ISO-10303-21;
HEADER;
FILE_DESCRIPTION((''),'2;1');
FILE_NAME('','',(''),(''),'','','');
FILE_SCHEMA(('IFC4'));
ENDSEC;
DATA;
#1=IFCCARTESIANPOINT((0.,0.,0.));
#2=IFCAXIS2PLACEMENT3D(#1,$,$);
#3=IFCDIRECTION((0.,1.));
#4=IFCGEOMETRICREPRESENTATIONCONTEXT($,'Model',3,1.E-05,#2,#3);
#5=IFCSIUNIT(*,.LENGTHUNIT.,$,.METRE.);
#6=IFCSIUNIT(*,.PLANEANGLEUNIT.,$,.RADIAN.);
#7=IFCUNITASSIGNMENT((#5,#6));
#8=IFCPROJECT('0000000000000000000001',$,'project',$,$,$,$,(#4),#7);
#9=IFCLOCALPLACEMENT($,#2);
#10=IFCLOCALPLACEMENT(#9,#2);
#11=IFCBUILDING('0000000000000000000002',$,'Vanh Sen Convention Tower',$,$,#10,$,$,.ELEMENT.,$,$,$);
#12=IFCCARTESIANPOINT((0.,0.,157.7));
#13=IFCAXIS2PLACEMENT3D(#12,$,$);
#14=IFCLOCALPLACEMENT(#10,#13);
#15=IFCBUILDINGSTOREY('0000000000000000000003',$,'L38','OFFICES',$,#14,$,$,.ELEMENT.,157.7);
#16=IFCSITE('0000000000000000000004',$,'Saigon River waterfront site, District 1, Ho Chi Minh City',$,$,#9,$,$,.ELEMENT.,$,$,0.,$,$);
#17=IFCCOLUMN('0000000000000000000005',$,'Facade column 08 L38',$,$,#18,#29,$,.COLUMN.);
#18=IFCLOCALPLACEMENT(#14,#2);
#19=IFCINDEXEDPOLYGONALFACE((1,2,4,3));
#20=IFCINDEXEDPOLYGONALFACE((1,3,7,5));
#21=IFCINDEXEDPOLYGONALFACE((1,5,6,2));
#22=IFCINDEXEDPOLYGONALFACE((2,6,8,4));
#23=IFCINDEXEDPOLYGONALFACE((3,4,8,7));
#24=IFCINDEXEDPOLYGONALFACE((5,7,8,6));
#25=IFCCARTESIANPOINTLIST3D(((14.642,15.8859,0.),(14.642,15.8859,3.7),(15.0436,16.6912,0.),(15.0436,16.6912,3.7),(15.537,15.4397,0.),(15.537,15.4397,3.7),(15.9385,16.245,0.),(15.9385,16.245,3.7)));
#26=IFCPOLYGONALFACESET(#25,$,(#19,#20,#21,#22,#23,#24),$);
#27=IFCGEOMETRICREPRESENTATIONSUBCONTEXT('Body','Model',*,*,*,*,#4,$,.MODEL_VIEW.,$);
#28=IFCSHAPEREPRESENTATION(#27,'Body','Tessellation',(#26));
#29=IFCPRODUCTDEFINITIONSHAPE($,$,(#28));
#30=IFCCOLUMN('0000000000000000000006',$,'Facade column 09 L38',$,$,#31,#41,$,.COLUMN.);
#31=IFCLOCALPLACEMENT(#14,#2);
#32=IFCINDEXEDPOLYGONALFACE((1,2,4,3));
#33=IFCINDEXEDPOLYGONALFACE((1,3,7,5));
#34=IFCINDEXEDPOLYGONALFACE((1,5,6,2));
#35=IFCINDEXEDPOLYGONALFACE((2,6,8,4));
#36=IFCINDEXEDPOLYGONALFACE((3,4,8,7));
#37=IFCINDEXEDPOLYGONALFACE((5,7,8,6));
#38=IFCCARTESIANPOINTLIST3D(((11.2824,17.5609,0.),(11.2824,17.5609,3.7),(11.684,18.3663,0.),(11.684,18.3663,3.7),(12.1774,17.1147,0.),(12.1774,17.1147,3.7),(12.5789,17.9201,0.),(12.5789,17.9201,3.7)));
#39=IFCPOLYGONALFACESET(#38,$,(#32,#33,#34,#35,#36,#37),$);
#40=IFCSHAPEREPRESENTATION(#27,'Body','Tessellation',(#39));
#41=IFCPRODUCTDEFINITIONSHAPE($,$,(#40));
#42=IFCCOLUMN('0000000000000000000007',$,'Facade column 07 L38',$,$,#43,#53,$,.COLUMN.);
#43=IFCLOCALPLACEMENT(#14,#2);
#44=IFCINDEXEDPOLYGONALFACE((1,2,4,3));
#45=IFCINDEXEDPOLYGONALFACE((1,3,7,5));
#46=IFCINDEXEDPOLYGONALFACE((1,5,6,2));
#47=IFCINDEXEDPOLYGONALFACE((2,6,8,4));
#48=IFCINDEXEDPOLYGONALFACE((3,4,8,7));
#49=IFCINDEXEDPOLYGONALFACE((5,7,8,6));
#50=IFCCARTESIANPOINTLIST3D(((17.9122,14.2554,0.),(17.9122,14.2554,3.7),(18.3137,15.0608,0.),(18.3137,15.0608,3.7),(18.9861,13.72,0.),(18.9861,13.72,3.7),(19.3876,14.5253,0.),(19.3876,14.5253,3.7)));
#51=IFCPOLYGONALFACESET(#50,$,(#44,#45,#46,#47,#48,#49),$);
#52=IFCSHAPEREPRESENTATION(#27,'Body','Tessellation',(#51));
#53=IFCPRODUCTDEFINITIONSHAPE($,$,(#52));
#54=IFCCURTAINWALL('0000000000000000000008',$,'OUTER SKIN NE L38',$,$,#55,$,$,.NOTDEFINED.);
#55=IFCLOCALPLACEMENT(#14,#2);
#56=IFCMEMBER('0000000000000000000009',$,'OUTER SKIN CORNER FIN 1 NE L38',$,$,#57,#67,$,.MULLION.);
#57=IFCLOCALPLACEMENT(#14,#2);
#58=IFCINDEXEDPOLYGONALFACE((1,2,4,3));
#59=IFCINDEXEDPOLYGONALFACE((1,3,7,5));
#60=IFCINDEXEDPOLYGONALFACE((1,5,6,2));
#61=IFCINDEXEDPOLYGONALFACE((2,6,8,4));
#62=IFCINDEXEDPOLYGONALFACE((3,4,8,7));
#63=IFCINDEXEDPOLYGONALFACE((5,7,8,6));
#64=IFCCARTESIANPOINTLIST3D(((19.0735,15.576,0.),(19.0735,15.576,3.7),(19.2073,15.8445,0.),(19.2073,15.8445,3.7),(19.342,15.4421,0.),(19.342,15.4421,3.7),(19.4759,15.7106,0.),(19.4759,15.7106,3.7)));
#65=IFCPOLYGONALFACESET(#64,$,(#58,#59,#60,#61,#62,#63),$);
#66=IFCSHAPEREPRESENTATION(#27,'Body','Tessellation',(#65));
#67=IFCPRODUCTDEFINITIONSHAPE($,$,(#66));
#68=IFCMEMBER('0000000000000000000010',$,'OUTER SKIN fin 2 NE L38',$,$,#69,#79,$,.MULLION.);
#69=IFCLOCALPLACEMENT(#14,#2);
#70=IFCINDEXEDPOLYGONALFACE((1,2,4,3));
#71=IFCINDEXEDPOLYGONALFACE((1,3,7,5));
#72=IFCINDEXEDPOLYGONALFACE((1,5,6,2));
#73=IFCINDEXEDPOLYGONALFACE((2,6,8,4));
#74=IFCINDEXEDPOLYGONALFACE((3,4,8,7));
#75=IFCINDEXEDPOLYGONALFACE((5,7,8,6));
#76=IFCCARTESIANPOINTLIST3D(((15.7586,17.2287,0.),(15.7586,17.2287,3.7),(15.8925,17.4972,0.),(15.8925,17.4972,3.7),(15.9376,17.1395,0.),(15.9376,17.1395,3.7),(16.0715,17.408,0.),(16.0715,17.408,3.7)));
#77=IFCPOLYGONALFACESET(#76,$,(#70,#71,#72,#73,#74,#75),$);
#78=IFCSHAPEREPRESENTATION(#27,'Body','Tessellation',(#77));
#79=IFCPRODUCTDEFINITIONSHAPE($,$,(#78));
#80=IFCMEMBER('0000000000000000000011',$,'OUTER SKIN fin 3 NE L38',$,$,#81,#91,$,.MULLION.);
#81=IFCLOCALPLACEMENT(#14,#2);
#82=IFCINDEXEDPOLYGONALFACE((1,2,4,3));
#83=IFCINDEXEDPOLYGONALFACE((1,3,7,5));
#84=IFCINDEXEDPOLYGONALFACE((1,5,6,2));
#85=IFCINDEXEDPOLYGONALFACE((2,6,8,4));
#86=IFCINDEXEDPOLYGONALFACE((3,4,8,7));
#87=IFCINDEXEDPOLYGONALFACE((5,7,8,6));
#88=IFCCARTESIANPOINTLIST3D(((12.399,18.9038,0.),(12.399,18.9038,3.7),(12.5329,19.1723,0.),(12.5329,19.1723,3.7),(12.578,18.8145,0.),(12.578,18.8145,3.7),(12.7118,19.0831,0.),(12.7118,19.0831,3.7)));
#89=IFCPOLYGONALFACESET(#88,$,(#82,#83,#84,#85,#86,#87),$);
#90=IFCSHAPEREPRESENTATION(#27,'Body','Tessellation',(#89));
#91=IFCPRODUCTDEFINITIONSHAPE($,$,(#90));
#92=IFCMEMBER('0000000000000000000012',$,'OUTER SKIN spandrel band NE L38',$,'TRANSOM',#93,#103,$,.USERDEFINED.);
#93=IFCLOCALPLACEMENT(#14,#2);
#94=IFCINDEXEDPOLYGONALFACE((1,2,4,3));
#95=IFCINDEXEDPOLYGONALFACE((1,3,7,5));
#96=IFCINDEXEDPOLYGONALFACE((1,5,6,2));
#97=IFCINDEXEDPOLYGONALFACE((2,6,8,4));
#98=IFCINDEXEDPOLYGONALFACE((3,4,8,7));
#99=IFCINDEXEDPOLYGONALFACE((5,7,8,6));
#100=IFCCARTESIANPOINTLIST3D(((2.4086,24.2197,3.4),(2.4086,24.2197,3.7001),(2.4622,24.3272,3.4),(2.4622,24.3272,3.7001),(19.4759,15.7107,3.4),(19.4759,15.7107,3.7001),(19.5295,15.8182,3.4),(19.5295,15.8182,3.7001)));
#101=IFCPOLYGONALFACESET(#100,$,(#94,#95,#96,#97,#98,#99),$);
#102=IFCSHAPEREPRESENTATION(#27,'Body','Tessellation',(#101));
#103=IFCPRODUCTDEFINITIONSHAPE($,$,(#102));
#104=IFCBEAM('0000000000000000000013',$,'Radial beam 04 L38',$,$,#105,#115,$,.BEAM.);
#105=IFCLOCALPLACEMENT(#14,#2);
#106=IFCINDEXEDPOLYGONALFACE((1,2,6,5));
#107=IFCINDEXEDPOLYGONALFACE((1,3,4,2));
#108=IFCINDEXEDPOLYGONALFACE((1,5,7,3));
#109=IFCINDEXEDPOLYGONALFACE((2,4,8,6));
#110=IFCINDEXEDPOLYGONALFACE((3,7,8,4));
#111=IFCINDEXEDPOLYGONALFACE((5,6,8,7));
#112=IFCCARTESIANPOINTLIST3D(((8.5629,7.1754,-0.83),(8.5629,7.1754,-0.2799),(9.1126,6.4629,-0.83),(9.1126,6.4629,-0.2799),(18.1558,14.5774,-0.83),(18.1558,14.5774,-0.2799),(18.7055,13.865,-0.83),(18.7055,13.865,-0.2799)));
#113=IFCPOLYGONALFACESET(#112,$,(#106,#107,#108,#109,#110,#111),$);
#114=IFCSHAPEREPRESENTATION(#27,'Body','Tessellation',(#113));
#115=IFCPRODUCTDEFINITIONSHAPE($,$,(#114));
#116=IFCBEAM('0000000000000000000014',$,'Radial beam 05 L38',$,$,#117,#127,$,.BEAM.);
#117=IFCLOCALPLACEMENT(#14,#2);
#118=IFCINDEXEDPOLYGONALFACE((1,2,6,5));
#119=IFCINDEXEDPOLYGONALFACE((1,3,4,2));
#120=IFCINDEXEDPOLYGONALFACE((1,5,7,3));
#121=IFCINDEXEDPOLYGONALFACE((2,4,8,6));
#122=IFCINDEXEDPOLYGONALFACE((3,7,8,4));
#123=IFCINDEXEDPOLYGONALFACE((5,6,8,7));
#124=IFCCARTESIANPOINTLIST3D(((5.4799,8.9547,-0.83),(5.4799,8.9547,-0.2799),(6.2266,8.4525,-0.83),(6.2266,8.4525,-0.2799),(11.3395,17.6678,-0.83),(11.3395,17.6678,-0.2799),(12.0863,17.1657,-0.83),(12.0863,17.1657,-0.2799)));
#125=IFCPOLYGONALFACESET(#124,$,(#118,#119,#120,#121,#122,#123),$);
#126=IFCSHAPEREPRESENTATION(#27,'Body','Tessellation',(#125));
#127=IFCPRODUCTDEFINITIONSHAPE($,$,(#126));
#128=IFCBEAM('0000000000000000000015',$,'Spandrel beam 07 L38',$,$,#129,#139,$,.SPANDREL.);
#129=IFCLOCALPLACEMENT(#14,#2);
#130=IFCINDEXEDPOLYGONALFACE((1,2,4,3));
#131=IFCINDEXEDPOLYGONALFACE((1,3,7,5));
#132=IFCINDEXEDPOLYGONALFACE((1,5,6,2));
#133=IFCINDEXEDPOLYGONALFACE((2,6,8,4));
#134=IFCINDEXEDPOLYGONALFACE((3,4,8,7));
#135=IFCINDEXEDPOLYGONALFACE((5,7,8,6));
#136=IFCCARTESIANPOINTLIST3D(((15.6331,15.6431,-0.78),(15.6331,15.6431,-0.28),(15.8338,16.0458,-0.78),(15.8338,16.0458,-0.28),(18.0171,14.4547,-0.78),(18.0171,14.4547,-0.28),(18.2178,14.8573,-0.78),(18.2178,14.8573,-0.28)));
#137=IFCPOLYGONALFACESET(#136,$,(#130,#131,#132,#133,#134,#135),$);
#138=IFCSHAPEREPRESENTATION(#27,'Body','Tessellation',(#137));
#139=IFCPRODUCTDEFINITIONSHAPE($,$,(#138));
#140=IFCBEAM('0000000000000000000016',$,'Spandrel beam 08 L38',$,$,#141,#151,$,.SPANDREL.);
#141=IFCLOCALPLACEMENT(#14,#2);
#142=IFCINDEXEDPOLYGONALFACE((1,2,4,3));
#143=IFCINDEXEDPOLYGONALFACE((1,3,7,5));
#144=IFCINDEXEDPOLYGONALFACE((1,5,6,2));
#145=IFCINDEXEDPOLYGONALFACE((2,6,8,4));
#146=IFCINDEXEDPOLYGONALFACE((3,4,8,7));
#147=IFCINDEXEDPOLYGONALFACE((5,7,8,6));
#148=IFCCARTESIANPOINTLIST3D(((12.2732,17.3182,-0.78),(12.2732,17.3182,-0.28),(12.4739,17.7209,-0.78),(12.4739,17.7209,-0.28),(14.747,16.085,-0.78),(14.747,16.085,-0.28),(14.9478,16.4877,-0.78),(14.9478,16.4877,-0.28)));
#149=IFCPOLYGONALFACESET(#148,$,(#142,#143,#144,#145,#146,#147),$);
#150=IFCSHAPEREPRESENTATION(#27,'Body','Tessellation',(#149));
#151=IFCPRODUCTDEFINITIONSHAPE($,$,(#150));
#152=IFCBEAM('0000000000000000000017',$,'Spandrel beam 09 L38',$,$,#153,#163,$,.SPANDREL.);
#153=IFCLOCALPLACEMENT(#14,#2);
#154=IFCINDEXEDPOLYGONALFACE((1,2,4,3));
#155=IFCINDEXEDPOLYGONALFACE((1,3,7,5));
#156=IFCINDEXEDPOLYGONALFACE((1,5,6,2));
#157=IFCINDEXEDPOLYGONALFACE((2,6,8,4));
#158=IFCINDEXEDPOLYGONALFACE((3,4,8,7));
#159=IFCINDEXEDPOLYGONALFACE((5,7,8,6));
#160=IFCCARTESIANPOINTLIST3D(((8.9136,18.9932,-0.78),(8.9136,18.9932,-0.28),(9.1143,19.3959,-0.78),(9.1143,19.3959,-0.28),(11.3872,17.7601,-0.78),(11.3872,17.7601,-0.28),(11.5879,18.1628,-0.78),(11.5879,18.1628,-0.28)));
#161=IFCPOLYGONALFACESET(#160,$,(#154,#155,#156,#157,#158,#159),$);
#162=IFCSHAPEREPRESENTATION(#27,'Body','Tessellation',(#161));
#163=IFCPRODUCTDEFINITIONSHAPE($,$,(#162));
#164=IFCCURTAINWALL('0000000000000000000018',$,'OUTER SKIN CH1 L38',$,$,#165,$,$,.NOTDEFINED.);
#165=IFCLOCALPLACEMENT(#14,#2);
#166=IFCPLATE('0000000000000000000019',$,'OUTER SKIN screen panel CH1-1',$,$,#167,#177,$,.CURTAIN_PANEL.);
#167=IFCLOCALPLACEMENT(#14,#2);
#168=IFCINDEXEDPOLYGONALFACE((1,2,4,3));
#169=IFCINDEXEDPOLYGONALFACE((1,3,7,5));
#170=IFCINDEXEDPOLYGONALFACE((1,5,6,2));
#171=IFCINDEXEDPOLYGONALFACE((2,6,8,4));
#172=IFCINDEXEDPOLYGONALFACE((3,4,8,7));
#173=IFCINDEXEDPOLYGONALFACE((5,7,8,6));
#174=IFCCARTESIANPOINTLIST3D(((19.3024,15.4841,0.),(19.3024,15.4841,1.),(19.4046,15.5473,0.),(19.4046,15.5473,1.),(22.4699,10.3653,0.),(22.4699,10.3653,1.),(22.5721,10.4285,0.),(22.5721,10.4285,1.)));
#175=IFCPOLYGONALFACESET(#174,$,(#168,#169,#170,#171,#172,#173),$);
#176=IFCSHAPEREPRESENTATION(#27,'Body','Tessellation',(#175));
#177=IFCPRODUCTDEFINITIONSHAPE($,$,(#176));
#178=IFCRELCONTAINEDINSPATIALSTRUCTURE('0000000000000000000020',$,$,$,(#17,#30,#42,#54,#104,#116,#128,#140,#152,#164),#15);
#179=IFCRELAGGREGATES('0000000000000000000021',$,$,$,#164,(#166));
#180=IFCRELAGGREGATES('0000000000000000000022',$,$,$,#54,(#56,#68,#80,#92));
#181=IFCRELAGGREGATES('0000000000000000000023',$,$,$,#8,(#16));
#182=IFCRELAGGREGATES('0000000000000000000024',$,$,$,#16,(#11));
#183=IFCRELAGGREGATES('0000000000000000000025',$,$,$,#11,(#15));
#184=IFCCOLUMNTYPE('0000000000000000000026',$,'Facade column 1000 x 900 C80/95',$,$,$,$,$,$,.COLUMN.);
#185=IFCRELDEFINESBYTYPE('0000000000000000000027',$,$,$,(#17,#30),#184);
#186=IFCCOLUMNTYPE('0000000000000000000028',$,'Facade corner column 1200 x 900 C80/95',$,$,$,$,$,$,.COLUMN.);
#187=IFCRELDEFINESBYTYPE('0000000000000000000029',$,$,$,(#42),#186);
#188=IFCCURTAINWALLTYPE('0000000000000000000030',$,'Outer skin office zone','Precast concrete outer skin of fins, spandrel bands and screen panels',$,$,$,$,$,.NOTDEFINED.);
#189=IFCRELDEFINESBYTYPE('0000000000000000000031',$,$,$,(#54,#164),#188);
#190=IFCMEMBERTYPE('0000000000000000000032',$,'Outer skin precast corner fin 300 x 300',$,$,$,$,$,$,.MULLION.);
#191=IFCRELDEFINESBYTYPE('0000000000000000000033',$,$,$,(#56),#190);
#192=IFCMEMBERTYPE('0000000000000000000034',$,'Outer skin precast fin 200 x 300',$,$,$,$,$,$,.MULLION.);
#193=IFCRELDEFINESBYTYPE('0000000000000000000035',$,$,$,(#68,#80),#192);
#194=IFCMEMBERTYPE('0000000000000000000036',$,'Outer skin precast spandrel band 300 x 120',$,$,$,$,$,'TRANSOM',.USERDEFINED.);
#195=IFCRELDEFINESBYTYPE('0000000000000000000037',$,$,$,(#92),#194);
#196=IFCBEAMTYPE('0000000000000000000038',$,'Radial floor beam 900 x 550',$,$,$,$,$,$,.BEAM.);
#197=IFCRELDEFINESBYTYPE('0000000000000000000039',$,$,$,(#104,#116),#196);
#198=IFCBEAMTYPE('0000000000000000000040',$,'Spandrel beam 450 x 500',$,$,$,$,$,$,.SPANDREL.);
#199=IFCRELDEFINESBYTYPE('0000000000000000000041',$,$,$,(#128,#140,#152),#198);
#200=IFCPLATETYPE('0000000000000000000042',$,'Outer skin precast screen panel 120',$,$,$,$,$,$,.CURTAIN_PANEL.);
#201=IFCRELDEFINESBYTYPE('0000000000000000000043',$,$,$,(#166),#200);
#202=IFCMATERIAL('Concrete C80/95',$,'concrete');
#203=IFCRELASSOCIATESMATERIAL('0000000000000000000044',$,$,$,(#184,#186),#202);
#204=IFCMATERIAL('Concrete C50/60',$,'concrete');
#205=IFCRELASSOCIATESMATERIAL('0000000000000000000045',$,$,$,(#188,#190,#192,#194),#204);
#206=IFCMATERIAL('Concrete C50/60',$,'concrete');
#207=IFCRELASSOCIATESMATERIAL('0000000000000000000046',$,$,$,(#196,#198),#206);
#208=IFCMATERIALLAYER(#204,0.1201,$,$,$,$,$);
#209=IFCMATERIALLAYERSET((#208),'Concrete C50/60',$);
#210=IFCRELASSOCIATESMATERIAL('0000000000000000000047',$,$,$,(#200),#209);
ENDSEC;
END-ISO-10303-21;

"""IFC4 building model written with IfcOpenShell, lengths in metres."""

from ifc_helpers import new_model, si_unit, direction, frame, origin, origin_2d, place, context, subcontext, project, spatial, rectangle, extrude, material, layer, layer_set, material_profile, profile_set, type_object, element, aggregate, save


model = new_model("IFC4")

# Units and contexts
model_context = context("Model", 3, precision=1e-05, world=origin(), true_north=direction((0.0, 1.0)))
body_context = subcontext(model_context, "Body", "Model", "MODEL_VIEW")
ifc_project = project(units=[si_unit("LENGTHUNIT", "METRE"), si_unit("PLANEANGLEUNIT", "RADIAN")], contexts=[model_context])

# Site, building, storey
site_placement = place(None, origin())
site = spatial("IfcSite", under=ifc_project, at=site_placement, Name="Saigon River waterfront site, District 1, Ho Chi Minh City", CompositionType="ELEMENT", RefElevation=0.0)
building_placement = place(site_placement, origin())
building = spatial("IfcBuilding", under=site, at=building_placement, Name="Vanh Sen Convention Tower", CompositionType="ELEMENT")
storey_placement = place(building_placement, frame((0.0, 0.0, 157.7)))
storey = spatial("IfcBuildingStorey", under=building, at=storey_placement, Name="L38", Description="OFFICES", CompositionType="ELEMENT", Elevation=157.7)

# Columns
ifc_material_1 = material(Name="Concrete C80/95", Category="concrete")
ifc_material_profile_1 = material_profile(ifc_material_1, rectangle(XDim=1.0, YDim=0.8999, at=origin_2d()), Name="RC 1000X900")
ifc_profile_set_1 = profile_set([ifc_material_profile_1], Name="Concrete C80/95")
column_type_1 = type_object("IfcColumnType", Name="Facade column 1000 x 900 C80/95", PredefinedType="COLUMN", material=ifc_profile_set_1)
for number, where, z_axis, x_axis, name in (
    (1, (15.2903, 16.0654, 0.0), (0.0, 0.0, 1.0), (-0.894934, 0.446198, 0.0), "Facade column 08 L38"),
    (2, (11.9307, 17.7405, 0.0), (0.0, 0.0, 1.0), (-0.894934, 0.446198, 0.0), "Facade column 09 L38"),
):
    element("IfcColumn", number, at=place(storey_placement, frame(where, z_axis=z_axis, x_axis=x_axis)), inside=storey, type_object=column_type_1, Name=name, PredefinedType="COLUMN", context=body_context, shape_type="SweptSolid", body=[
        extrude(rectangle(XDim=1.0, YDim=0.8999, at=origin_2d()), origin(), (0.0, 0.0, 1.0), 3.7),
    ])
ifc_material_profile_2 = material_profile(ifc_material_1, rectangle(XDim=1.2, YDim=0.8999, at=origin_2d()), Name="RC 1200X900")
ifc_profile_set_2 = profile_set([ifc_material_profile_2], Name="Concrete C80/95")
column_type_2 = type_object("IfcColumnType", Name="Facade corner column 1200 x 900 C80/95", PredefinedType="COLUMN", material=ifc_profile_set_2)
column_placement = place(storey_placement, frame((18.6499, 14.3904, 0.0), z_axis=(0.0, 0.0, 1.0), x_axis=(-0.894934, 0.446198, 0.0)))
element("IfcColumn", 3, at=column_placement, inside=storey, type_object=column_type_2, Name="Facade column 07 L38", PredefinedType="COLUMN", context=body_context, shape_type="SweptSolid", body=[
    extrude(rectangle(XDim=1.2, YDim=0.8999, at=origin_2d()), origin(), (0.0, 0.0, 1.0), 3.7),
])

# Curtain wall, members
ifc_material_2 = material(Name="Concrete C50/60", Category="concrete")
curtain_wall_type = type_object("IfcCurtainWallType", Name="Outer skin office zone", Description="Precast concrete outer skin of fins, spandrel bands and screen panels", PredefinedType="NOTDEFINED", material=ifc_material_2)
curtain_wall_1_placement = place(storey_placement, origin())
curtain_wall_1 = element("IfcCurtainWall", 4, at=curtain_wall_1_placement, inside=storey, type_object=curtain_wall_type, Name="OUTER SKIN NE L38", PredefinedType="NOTDEFINED")
ifc_material_profile_3 = material_profile(ifc_material_2, rectangle(XDim=0.3, YDim=0.3, at=origin_2d()), Name="Outer skin precast corner fin 300 x 300")
ifc_profile_set_3 = profile_set([ifc_material_profile_3], Name="Concrete C50/60")
member_type_1 = type_object("IfcMemberType", Name="Outer skin precast corner fin 300 x 300", PredefinedType="MULLION", material=ifc_profile_set_3)
member_1_placement = place(storey_placement, frame((19.2747, 15.6433, 0.0), z_axis=(0.0, 0.0, 1.0), x_axis=(-0.894934, 0.446198, 0.0)))
member_1 = element("IfcMember", 5, at=member_1_placement, type_object=member_type_1, Name="OUTER SKIN CORNER FIN 1 NE L38", PredefinedType="MULLION", context=body_context, shape_type="SweptSolid", body=[
    extrude(rectangle(XDim=0.3, YDim=0.3, at=origin_2d()), origin(), (0.0, 0.0, 1.0), 3.7),
])
ifc_material_profile_4 = material_profile(ifc_material_2, rectangle(XDim=0.2, YDim=0.3, at=origin_2d()), Name="Outer skin precast fin 200 x 300")
ifc_profile_set_4 = profile_set([ifc_material_profile_4], Name="Concrete C50/60")
member_type_2 = type_object("IfcMemberType", Name="Outer skin precast fin 200 x 300", PredefinedType="MULLION", material=ifc_profile_set_4)
member_2_placement = place(storey_placement, frame((15.915, 17.3184, 0.0), z_axis=(0.0, 0.0, 1.0), x_axis=(-0.894934, 0.446198, 0.0)))
member_2 = element("IfcMember", 6, at=member_2_placement, type_object=member_type_2, Name="OUTER SKIN fin 2 NE L38", PredefinedType="MULLION", context=body_context, shape_type="SweptSolid", body=[
    extrude(rectangle(XDim=0.2, YDim=0.3, at=origin_2d()), origin(), (0.0, 0.0, 1.0), 3.7),
])
member_3_placement = place(storey_placement, frame((12.5554, 18.9934, 0.0), z_axis=(0.0, 0.0, 1.0), x_axis=(-0.894934, 0.446198, 0.0)))
member_3 = element("IfcMember", 7, at=member_3_placement, type_object=member_type_2, Name="OUTER SKIN fin 3 NE L38", PredefinedType="MULLION", context=body_context, shape_type="SweptSolid", body=[
    extrude(rectangle(XDim=0.2, YDim=0.3, at=origin_2d()), origin(), (0.0, 0.0, 1.0), 3.7),
])
ifc_material_profile_5 = material_profile(ifc_material_2, rectangle(XDim=0.1201, YDim=0.3, at=origin_2d()), Name="Outer skin precast spandrel band 300 x 120")
ifc_profile_set_5 = profile_set([ifc_material_profile_5], Name="Concrete C50/60")
member_type_3 = type_object("IfcMemberType", Name="Outer skin precast spandrel band 300 x 120", ElementType="TRANSOM", PredefinedType="USERDEFINED", material=ifc_profile_set_5)
member_4_placement = place(storey_placement, frame((19.5027, 15.7644, 3.55), z_axis=(-0.894941, 0.446184, 0.0), x_axis=(-0.446184, -0.894941, 0.0)))
member_4 = element("IfcMember", 8, at=member_4_placement, type_object=member_type_3, Name="OUTER SKIN spandrel band NE L38", ObjectType="TRANSOM", PredefinedType="USERDEFINED", context=body_context, shape_type="SweptSolid", body=[
    extrude(rectangle(XDim=0.1201, YDim=0.3, at=origin_2d()), origin(), (0.0, 0.0, 1.0), 19.0708),
])

# Beams
ifc_material_3 = material(Name="Concrete C50/60", Category="concrete")
ifc_material_profile_6 = material_profile(ifc_material_3, rectangle(XDim=0.8999, YDim=0.55, at=origin_2d()), Name="RC 900X550")
ifc_profile_set_6 = profile_set([ifc_material_profile_6], Name="Concrete C50/60")
beam_type_1 = type_object("IfcBeamType", Name="Radial floor beam 900 x 550", PredefinedType="BEAM", material=ifc_profile_set_6)
beam_1_placement = place(storey_placement, frame((18.4307, 14.2212, -0.5549), z_axis=(-0.791712, -0.610895, 0.0), x_axis=(0.610895, -0.791712, 0.0)))
element("IfcBeam", 9, at=beam_1_placement, inside=storey, type_object=beam_type_1, Name="Radial beam 04 L38", PredefinedType="BEAM", context=body_context, shape_type="SweptSolid", body=[
    extrude(rectangle(XDim=0.8999, YDim=0.55, at=origin_2d()), origin(), (0.0, 0.0, 1.0), 12.1167),
])
beam_2_placement = place(storey_placement, frame((11.7129, 17.4167, -0.5549), z_axis=(-0.558049, -0.829808, 0.0), x_axis=(0.829808, -0.558049, 0.0)))
element("IfcBeam", 10, at=beam_2_placement, inside=storey, type_object=beam_type_1, Name="Radial beam 05 L38", PredefinedType="BEAM", context=body_context, shape_type="SweptSolid", body=[
    extrude(rectangle(XDim=0.8999, YDim=0.55, at=origin_2d()), origin(), (0.0, 0.0, 1.0), 10.5002),
])
ifc_material_profile_7 = material_profile(ifc_material_3, rectangle(XDim=0.45, YDim=0.5, at=origin_2d()), Name="RC 450X500")
ifc_profile_set_7 = profile_set([ifc_material_profile_7], Name="Concrete C50/60")
beam_type_2 = type_object("IfcBeamType", Name="Spandrel beam 450 x 500", PredefinedType="SPANDREL", material=ifc_profile_set_7)
beam_3_placement = place(storey_placement, frame((18.1174, 14.656, -0.53), z_axis=(-0.894958, 0.44615, 0.0), x_axis=(-0.44615, -0.894958, 0.0)))
element("IfcBeam", 11, at=beam_3_placement, inside=storey, type_object=beam_type_2, Name="Spandrel beam 07 L38", PredefinedType="SPANDREL", context=body_context, shape_type="SweptSolid", body=[
    extrude(rectangle(XDim=0.45, YDim=0.5, at=origin_2d()), origin(), (0.0, 0.0, 1.0), 2.6638),
])
beam_4_placement = place(storey_placement, frame((14.8474, 16.2864, -0.53), z_axis=(-0.894974, 0.446118, 0.0), x_axis=(-0.446118, -0.894974, 0.0)))
element("IfcBeam", 12, at=beam_4_placement, inside=storey, type_object=beam_type_2, Name="Spandrel beam 08 L38", PredefinedType="SPANDREL", context=body_context, shape_type="SweptSolid", body=[
    extrude(rectangle(XDim=0.45, YDim=0.5, at=origin_2d()), origin(), (0.0, 0.0, 1.0), 2.7642),
])
beam_5_placement = place(storey_placement, frame((11.4875, 17.9614, -0.53), z_axis=(-0.894957, 0.446153, 0.0), x_axis=(-0.446153, -0.894957, 0.0)))
element("IfcBeam", 13, at=beam_5_placement, inside=storey, type_object=beam_type_2, Name="Spandrel beam 09 L38", PredefinedType="SPANDREL", context=body_context, shape_type="SweptSolid", body=[
    extrude(rectangle(XDim=0.45, YDim=0.5, at=origin_2d()), origin(), (0.0, 0.0, 1.0), 2.7639),
])

# Curtain wall, plate
curtain_wall_2_placement = place(storey_placement, origin())
curtain_wall_2 = element("IfcCurtainWall", 14, at=curtain_wall_2_placement, inside=storey, type_object=curtain_wall_type, Name="OUTER SKIN CH1 L38", PredefinedType="NOTDEFINED")
ifc_layer_1 = layer(ifc_material_2, 0.1201)
ifc_layer_set_1 = layer_set([ifc_layer_1], Name="Concrete C50/60")
plate_type = type_object("IfcPlateType", Name="Outer skin precast screen panel 120", PredefinedType="CURTAIN_PANEL", material=ifc_layer_set_1)
plate_1_placement = place(storey_placement, frame((20.9373, 12.9563, 0.0), z_axis=(0.0, 0.0, 1.0), x_axis=(-0.526204, 0.850359, 0.0)))
plate_1 = element("IfcPlate", 15, at=plate_1_placement, type_object=plate_type, Name="OUTER SKIN screen panel CH1-1", PredefinedType="CURTAIN_PANEL", context=body_context, shape_type="SweptSolid", body=[
    extrude(rectangle(XDim=6.0195, YDim=0.1201, at=origin_2d()), origin(), (0.0, 0.0, 1.0), 1.0),
])
aggregate(curtain_wall_2, [plate_1])

aggregate(curtain_wall_1, [member_1, member_2, member_3, member_4])

save(model, "model.ifc")
